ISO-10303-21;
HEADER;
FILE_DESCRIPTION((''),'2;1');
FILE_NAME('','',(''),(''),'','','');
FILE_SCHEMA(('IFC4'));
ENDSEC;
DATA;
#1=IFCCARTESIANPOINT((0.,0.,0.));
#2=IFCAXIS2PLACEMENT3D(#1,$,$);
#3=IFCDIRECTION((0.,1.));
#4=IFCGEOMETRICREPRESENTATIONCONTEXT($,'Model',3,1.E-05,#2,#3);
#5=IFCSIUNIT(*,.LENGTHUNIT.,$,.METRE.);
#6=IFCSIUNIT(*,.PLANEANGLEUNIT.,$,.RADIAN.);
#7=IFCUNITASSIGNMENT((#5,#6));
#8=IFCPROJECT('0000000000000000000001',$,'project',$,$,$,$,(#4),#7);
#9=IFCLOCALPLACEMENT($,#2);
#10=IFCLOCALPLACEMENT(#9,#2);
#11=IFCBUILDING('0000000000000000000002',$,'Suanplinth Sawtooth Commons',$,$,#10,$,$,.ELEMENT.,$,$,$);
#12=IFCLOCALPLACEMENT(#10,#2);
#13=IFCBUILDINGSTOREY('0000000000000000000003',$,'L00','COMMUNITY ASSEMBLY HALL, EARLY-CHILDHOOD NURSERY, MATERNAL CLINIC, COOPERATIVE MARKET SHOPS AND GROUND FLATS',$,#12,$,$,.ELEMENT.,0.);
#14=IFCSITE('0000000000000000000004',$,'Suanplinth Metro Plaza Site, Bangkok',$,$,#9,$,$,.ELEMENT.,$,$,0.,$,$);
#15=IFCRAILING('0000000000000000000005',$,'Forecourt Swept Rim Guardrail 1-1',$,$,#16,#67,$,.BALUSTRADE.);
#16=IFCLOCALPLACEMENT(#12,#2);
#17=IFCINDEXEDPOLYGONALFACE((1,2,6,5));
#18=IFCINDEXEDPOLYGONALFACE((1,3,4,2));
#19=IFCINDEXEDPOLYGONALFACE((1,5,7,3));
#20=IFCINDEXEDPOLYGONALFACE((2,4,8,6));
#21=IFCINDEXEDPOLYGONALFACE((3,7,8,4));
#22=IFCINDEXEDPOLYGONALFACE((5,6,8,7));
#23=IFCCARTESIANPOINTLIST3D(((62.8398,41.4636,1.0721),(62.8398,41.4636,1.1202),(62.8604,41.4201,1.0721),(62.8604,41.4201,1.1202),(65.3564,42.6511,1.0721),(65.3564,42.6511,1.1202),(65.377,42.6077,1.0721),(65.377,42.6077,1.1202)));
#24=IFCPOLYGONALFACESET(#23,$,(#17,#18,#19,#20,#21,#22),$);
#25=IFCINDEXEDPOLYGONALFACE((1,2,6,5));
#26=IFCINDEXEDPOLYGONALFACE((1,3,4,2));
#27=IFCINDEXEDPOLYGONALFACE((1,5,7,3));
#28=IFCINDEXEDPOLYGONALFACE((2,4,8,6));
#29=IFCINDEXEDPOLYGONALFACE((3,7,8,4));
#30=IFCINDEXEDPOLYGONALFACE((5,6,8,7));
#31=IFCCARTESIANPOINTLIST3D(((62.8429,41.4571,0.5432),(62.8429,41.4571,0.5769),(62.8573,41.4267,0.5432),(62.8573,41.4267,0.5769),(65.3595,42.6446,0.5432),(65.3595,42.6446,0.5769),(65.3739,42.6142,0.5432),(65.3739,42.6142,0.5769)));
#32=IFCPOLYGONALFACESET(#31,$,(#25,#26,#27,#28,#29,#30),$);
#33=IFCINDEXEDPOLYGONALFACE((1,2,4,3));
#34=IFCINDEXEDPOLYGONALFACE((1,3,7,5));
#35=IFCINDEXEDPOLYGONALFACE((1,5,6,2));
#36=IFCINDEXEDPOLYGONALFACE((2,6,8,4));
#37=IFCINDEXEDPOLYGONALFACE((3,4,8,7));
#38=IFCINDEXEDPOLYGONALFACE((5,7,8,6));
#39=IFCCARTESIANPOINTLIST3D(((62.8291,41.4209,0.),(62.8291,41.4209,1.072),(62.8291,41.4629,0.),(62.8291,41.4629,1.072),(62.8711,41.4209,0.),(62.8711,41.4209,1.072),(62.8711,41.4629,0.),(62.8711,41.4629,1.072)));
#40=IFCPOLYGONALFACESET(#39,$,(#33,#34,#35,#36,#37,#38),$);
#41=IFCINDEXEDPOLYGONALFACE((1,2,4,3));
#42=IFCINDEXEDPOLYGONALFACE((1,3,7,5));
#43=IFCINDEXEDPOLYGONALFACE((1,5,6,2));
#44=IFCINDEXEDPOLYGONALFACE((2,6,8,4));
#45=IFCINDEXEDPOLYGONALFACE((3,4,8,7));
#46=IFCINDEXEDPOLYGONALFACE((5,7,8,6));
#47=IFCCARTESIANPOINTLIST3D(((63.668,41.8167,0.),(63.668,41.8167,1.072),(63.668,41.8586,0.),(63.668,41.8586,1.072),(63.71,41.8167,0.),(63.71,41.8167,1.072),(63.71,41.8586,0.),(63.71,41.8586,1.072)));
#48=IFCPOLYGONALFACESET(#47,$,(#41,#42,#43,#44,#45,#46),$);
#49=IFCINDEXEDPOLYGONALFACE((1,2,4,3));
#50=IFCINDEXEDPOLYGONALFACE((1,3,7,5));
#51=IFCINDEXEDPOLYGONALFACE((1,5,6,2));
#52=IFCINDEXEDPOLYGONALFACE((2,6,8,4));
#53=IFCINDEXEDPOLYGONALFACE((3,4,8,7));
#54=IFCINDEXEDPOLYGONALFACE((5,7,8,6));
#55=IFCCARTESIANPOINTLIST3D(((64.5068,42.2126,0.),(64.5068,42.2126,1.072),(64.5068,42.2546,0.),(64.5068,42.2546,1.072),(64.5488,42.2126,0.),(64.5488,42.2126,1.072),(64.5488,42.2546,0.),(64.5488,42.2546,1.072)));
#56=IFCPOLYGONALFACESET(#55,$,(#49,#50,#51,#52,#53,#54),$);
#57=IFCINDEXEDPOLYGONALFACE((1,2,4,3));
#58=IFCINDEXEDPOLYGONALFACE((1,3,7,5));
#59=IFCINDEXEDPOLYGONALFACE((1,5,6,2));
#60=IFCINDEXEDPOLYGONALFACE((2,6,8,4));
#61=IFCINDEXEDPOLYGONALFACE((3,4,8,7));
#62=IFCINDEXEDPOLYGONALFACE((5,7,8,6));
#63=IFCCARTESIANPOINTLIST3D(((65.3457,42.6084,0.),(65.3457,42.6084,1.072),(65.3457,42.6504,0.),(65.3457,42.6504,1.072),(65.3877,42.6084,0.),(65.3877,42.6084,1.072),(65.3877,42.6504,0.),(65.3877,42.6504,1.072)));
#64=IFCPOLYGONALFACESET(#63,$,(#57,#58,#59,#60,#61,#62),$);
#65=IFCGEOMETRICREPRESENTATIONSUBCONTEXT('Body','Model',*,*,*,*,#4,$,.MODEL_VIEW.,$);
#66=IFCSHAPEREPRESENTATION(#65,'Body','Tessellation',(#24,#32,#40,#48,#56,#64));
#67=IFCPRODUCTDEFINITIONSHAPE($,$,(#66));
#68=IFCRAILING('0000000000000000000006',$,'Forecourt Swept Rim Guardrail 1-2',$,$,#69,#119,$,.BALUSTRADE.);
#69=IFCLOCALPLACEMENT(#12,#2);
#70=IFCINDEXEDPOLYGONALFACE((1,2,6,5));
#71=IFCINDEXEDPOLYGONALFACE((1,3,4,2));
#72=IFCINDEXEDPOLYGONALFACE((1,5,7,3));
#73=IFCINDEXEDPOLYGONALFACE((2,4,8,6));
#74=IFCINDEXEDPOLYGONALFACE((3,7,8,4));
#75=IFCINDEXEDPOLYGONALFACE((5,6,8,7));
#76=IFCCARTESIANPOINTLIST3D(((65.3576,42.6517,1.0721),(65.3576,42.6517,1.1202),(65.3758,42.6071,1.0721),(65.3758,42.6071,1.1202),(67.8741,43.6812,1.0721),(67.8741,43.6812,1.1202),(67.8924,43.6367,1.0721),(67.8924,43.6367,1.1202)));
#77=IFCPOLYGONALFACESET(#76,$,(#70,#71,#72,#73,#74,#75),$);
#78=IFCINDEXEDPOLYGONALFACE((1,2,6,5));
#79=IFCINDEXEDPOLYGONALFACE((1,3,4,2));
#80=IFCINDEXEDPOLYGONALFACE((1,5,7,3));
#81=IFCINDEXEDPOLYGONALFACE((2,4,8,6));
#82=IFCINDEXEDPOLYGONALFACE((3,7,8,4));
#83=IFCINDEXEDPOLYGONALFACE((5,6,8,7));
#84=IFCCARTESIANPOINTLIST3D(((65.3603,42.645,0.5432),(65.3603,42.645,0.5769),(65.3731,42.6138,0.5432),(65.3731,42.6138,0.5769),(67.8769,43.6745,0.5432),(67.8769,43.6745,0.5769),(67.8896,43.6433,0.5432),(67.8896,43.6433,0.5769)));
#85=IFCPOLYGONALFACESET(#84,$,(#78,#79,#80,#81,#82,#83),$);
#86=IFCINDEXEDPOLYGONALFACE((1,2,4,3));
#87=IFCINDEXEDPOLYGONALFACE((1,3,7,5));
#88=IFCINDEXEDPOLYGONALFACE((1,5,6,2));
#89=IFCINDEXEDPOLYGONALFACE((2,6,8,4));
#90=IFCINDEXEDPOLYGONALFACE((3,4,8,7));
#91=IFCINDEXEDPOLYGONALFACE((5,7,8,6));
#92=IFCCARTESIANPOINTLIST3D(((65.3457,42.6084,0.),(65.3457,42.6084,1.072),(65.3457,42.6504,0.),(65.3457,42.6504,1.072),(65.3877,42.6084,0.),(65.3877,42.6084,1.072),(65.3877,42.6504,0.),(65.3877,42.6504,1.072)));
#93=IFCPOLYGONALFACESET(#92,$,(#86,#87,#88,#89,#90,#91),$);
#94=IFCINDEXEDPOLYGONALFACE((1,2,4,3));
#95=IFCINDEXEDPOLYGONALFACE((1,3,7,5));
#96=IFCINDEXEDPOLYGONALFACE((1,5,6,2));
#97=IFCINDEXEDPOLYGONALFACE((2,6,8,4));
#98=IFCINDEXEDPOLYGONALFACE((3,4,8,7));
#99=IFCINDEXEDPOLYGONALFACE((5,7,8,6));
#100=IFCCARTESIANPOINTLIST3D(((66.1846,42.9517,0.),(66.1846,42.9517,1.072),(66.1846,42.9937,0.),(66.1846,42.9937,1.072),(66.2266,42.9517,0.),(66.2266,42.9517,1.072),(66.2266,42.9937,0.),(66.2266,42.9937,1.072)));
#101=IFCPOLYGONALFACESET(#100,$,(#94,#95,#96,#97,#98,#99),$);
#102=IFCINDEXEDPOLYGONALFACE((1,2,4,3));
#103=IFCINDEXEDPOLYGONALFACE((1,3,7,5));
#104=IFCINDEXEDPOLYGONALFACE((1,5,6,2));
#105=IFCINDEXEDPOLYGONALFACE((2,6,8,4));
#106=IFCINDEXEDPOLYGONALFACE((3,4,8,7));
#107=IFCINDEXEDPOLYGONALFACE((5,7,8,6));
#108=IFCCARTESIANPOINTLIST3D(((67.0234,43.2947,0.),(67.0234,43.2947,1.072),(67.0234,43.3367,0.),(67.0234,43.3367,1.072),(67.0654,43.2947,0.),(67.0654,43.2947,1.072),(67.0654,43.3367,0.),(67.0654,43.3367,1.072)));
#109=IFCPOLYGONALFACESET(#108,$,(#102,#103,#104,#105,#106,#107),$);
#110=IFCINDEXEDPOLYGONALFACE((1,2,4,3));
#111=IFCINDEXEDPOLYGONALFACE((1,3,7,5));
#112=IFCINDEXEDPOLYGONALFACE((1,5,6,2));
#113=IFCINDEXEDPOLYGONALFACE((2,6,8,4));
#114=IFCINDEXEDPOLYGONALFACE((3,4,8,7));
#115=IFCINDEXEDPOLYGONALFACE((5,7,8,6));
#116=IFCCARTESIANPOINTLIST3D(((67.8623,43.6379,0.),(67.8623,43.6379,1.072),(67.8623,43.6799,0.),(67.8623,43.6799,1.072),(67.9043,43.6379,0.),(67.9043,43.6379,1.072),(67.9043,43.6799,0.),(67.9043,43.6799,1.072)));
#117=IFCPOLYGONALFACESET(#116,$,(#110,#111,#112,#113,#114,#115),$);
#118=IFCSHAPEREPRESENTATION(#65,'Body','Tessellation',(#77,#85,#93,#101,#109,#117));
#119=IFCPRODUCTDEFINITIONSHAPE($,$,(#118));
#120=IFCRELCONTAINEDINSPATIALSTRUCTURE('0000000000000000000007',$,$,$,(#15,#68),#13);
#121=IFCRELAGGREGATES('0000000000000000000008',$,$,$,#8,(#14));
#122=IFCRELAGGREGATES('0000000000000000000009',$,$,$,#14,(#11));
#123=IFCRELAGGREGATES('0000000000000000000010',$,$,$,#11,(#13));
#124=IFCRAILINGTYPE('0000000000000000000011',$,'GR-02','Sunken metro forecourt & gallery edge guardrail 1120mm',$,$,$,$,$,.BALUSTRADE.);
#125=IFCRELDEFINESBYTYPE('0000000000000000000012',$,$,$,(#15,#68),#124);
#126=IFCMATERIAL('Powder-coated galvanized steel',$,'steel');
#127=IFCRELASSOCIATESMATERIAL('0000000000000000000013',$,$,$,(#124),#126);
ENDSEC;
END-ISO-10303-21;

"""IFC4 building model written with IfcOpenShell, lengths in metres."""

from ifc_helpers import new_model, si_unit, direction, frame, origin, origin_2d, place, context, subcontext, project, spatial, rectangle, extrude, material, type_object, element, save


model = new_model("IFC4")

# Units and contexts
model_context = context("Model", 3, precision=1e-05, world=origin(), true_north=direction((0.0, 1.0)))
body_context = subcontext(model_context, "Body", "Model", "MODEL_VIEW")
ifc_project = project(units=[si_unit("LENGTHUNIT", "METRE"), si_unit("PLANEANGLEUNIT", "RADIAN")], contexts=[model_context])

# Site, building, storey
site_placement = place(None, origin())
site = spatial("IfcSite", under=ifc_project, at=site_placement, Name="Suanplinth Metro Plaza Site, Bangkok", CompositionType="ELEMENT", RefElevation=0.0)
building_placement = place(site_placement, origin())
building = spatial("IfcBuilding", under=site, at=building_placement, Name="Suanplinth Sawtooth Commons", CompositionType="ELEMENT")
storey_placement = place(building_placement, origin())
storey = spatial("IfcBuildingStorey", under=building, at=storey_placement, Name="L00", Description="COMMUNITY ASSEMBLY HALL, EARLY-CHILDHOOD NURSERY, MATERNAL CLINIC, COOPERATIVE MARKET SHOPS AND GROUND FLATS", CompositionType="ELEMENT", Elevation=0.0)

# Railings
ifc_material_1 = material(Name="Powder-coated galvanized steel", Category="steel")
railing_type_1 = type_object("IfcRailingType", Name="GR-02", Description="Sunken metro forecourt & gallery edge guardrail 1120mm", PredefinedType="BALUSTRADE", material=ifc_material_1)
railing_1_placement = place(storey_placement, frame((62.8501, 41.4419, 0.0)))
element("IfcRailing", 1, at=railing_1_placement, inside=storey, type_object=railing_type_1, Name="Forecourt Swept Rim Guardrail 1-1", PredefinedType="BALUSTRADE", context=body_context, shape_type="SweptSolid", body=[
    extrude(rectangle(XDim=0.0481, YDim=0.0481, at=origin_2d()), frame((0.0, 0.0, 1.0962), z_axis=(0.904373, 0.426743, 0.0), x_axis=(-0.426743, 0.904373, 0.0)), (0.0, 0.0, 1.0), 2.7827),
    extrude(rectangle(XDim=0.0337, YDim=0.0337, at=origin_2d()), frame((0.0, 0.0, 0.5601), z_axis=(0.904373, 0.426743, 0.0), x_axis=(-0.426743, 0.904373, 0.0)), (0.0, 0.0, 1.0), 2.7827),
    extrude(rectangle(XDim=0.042, YDim=0.042, at=origin_2d()), origin(), (0.0, 0.0, 1.0), 1.072),
    extrude(rectangle(XDim=0.042, YDim=0.042, at=origin_2d()), frame((0.8389, 0.3958, 0.0)), (0.0, 0.0, 1.0), 1.072),
    extrude(rectangle(XDim=0.042, YDim=0.042, at=origin_2d()), frame((1.6777, 0.7917, 0.0)), (0.0, 0.0, 1.0), 1.072),
    extrude(rectangle(XDim=0.042, YDim=0.042, at=origin_2d()), frame((2.5166, 1.1875, 0.0)), (0.0, 0.0, 1.0), 1.072),
])
railing_2_placement = place(storey_placement, frame((65.3667, 42.6294, 0.0)))
element("IfcRailing", 2, at=railing_2_placement, inside=storey, type_object=railing_type_1, Name="Forecourt Swept Rim Guardrail 1-2", PredefinedType="BALUSTRADE", context=body_context, shape_type="SweptSolid", body=[
    extrude(rectangle(XDim=0.0481, YDim=0.0481, at=origin_2d()), frame((0.0, 0.0, 1.0962), z_axis=(0.925544, 0.37864, 0.0), x_axis=(-0.37864, 0.925544, 0.0)), (0.0, 0.0, 1.0), 2.719),
    extrude(rectangle(XDim=0.0337, YDim=0.0337, at=origin_2d()), frame((0.0, 0.0, 0.5601), z_axis=(0.925544, 0.37864, 0.0), x_axis=(-0.37864, 0.925544, 0.0)), (0.0, 0.0, 1.0), 2.719),
    extrude(rectangle(XDim=0.042, YDim=0.042, at=origin_2d()), origin(), (0.0, 0.0, 1.0), 1.072),
    extrude(rectangle(XDim=0.042, YDim=0.042, at=origin_2d()), frame((0.8389, 0.3433, 0.0)), (0.0, 0.0, 1.0), 1.072),
    extrude(rectangle(XDim=0.042, YDim=0.042, at=origin_2d()), frame((1.6777, 0.6863, 0.0)), (0.0, 0.0, 1.0), 1.072),
    extrude(rectangle(XDim=0.042, YDim=0.042, at=origin_2d()), frame((2.5166, 1.0295, 0.0)), (0.0, 0.0, 1.0), 1.072),
])

save(model, "model.ifc")
